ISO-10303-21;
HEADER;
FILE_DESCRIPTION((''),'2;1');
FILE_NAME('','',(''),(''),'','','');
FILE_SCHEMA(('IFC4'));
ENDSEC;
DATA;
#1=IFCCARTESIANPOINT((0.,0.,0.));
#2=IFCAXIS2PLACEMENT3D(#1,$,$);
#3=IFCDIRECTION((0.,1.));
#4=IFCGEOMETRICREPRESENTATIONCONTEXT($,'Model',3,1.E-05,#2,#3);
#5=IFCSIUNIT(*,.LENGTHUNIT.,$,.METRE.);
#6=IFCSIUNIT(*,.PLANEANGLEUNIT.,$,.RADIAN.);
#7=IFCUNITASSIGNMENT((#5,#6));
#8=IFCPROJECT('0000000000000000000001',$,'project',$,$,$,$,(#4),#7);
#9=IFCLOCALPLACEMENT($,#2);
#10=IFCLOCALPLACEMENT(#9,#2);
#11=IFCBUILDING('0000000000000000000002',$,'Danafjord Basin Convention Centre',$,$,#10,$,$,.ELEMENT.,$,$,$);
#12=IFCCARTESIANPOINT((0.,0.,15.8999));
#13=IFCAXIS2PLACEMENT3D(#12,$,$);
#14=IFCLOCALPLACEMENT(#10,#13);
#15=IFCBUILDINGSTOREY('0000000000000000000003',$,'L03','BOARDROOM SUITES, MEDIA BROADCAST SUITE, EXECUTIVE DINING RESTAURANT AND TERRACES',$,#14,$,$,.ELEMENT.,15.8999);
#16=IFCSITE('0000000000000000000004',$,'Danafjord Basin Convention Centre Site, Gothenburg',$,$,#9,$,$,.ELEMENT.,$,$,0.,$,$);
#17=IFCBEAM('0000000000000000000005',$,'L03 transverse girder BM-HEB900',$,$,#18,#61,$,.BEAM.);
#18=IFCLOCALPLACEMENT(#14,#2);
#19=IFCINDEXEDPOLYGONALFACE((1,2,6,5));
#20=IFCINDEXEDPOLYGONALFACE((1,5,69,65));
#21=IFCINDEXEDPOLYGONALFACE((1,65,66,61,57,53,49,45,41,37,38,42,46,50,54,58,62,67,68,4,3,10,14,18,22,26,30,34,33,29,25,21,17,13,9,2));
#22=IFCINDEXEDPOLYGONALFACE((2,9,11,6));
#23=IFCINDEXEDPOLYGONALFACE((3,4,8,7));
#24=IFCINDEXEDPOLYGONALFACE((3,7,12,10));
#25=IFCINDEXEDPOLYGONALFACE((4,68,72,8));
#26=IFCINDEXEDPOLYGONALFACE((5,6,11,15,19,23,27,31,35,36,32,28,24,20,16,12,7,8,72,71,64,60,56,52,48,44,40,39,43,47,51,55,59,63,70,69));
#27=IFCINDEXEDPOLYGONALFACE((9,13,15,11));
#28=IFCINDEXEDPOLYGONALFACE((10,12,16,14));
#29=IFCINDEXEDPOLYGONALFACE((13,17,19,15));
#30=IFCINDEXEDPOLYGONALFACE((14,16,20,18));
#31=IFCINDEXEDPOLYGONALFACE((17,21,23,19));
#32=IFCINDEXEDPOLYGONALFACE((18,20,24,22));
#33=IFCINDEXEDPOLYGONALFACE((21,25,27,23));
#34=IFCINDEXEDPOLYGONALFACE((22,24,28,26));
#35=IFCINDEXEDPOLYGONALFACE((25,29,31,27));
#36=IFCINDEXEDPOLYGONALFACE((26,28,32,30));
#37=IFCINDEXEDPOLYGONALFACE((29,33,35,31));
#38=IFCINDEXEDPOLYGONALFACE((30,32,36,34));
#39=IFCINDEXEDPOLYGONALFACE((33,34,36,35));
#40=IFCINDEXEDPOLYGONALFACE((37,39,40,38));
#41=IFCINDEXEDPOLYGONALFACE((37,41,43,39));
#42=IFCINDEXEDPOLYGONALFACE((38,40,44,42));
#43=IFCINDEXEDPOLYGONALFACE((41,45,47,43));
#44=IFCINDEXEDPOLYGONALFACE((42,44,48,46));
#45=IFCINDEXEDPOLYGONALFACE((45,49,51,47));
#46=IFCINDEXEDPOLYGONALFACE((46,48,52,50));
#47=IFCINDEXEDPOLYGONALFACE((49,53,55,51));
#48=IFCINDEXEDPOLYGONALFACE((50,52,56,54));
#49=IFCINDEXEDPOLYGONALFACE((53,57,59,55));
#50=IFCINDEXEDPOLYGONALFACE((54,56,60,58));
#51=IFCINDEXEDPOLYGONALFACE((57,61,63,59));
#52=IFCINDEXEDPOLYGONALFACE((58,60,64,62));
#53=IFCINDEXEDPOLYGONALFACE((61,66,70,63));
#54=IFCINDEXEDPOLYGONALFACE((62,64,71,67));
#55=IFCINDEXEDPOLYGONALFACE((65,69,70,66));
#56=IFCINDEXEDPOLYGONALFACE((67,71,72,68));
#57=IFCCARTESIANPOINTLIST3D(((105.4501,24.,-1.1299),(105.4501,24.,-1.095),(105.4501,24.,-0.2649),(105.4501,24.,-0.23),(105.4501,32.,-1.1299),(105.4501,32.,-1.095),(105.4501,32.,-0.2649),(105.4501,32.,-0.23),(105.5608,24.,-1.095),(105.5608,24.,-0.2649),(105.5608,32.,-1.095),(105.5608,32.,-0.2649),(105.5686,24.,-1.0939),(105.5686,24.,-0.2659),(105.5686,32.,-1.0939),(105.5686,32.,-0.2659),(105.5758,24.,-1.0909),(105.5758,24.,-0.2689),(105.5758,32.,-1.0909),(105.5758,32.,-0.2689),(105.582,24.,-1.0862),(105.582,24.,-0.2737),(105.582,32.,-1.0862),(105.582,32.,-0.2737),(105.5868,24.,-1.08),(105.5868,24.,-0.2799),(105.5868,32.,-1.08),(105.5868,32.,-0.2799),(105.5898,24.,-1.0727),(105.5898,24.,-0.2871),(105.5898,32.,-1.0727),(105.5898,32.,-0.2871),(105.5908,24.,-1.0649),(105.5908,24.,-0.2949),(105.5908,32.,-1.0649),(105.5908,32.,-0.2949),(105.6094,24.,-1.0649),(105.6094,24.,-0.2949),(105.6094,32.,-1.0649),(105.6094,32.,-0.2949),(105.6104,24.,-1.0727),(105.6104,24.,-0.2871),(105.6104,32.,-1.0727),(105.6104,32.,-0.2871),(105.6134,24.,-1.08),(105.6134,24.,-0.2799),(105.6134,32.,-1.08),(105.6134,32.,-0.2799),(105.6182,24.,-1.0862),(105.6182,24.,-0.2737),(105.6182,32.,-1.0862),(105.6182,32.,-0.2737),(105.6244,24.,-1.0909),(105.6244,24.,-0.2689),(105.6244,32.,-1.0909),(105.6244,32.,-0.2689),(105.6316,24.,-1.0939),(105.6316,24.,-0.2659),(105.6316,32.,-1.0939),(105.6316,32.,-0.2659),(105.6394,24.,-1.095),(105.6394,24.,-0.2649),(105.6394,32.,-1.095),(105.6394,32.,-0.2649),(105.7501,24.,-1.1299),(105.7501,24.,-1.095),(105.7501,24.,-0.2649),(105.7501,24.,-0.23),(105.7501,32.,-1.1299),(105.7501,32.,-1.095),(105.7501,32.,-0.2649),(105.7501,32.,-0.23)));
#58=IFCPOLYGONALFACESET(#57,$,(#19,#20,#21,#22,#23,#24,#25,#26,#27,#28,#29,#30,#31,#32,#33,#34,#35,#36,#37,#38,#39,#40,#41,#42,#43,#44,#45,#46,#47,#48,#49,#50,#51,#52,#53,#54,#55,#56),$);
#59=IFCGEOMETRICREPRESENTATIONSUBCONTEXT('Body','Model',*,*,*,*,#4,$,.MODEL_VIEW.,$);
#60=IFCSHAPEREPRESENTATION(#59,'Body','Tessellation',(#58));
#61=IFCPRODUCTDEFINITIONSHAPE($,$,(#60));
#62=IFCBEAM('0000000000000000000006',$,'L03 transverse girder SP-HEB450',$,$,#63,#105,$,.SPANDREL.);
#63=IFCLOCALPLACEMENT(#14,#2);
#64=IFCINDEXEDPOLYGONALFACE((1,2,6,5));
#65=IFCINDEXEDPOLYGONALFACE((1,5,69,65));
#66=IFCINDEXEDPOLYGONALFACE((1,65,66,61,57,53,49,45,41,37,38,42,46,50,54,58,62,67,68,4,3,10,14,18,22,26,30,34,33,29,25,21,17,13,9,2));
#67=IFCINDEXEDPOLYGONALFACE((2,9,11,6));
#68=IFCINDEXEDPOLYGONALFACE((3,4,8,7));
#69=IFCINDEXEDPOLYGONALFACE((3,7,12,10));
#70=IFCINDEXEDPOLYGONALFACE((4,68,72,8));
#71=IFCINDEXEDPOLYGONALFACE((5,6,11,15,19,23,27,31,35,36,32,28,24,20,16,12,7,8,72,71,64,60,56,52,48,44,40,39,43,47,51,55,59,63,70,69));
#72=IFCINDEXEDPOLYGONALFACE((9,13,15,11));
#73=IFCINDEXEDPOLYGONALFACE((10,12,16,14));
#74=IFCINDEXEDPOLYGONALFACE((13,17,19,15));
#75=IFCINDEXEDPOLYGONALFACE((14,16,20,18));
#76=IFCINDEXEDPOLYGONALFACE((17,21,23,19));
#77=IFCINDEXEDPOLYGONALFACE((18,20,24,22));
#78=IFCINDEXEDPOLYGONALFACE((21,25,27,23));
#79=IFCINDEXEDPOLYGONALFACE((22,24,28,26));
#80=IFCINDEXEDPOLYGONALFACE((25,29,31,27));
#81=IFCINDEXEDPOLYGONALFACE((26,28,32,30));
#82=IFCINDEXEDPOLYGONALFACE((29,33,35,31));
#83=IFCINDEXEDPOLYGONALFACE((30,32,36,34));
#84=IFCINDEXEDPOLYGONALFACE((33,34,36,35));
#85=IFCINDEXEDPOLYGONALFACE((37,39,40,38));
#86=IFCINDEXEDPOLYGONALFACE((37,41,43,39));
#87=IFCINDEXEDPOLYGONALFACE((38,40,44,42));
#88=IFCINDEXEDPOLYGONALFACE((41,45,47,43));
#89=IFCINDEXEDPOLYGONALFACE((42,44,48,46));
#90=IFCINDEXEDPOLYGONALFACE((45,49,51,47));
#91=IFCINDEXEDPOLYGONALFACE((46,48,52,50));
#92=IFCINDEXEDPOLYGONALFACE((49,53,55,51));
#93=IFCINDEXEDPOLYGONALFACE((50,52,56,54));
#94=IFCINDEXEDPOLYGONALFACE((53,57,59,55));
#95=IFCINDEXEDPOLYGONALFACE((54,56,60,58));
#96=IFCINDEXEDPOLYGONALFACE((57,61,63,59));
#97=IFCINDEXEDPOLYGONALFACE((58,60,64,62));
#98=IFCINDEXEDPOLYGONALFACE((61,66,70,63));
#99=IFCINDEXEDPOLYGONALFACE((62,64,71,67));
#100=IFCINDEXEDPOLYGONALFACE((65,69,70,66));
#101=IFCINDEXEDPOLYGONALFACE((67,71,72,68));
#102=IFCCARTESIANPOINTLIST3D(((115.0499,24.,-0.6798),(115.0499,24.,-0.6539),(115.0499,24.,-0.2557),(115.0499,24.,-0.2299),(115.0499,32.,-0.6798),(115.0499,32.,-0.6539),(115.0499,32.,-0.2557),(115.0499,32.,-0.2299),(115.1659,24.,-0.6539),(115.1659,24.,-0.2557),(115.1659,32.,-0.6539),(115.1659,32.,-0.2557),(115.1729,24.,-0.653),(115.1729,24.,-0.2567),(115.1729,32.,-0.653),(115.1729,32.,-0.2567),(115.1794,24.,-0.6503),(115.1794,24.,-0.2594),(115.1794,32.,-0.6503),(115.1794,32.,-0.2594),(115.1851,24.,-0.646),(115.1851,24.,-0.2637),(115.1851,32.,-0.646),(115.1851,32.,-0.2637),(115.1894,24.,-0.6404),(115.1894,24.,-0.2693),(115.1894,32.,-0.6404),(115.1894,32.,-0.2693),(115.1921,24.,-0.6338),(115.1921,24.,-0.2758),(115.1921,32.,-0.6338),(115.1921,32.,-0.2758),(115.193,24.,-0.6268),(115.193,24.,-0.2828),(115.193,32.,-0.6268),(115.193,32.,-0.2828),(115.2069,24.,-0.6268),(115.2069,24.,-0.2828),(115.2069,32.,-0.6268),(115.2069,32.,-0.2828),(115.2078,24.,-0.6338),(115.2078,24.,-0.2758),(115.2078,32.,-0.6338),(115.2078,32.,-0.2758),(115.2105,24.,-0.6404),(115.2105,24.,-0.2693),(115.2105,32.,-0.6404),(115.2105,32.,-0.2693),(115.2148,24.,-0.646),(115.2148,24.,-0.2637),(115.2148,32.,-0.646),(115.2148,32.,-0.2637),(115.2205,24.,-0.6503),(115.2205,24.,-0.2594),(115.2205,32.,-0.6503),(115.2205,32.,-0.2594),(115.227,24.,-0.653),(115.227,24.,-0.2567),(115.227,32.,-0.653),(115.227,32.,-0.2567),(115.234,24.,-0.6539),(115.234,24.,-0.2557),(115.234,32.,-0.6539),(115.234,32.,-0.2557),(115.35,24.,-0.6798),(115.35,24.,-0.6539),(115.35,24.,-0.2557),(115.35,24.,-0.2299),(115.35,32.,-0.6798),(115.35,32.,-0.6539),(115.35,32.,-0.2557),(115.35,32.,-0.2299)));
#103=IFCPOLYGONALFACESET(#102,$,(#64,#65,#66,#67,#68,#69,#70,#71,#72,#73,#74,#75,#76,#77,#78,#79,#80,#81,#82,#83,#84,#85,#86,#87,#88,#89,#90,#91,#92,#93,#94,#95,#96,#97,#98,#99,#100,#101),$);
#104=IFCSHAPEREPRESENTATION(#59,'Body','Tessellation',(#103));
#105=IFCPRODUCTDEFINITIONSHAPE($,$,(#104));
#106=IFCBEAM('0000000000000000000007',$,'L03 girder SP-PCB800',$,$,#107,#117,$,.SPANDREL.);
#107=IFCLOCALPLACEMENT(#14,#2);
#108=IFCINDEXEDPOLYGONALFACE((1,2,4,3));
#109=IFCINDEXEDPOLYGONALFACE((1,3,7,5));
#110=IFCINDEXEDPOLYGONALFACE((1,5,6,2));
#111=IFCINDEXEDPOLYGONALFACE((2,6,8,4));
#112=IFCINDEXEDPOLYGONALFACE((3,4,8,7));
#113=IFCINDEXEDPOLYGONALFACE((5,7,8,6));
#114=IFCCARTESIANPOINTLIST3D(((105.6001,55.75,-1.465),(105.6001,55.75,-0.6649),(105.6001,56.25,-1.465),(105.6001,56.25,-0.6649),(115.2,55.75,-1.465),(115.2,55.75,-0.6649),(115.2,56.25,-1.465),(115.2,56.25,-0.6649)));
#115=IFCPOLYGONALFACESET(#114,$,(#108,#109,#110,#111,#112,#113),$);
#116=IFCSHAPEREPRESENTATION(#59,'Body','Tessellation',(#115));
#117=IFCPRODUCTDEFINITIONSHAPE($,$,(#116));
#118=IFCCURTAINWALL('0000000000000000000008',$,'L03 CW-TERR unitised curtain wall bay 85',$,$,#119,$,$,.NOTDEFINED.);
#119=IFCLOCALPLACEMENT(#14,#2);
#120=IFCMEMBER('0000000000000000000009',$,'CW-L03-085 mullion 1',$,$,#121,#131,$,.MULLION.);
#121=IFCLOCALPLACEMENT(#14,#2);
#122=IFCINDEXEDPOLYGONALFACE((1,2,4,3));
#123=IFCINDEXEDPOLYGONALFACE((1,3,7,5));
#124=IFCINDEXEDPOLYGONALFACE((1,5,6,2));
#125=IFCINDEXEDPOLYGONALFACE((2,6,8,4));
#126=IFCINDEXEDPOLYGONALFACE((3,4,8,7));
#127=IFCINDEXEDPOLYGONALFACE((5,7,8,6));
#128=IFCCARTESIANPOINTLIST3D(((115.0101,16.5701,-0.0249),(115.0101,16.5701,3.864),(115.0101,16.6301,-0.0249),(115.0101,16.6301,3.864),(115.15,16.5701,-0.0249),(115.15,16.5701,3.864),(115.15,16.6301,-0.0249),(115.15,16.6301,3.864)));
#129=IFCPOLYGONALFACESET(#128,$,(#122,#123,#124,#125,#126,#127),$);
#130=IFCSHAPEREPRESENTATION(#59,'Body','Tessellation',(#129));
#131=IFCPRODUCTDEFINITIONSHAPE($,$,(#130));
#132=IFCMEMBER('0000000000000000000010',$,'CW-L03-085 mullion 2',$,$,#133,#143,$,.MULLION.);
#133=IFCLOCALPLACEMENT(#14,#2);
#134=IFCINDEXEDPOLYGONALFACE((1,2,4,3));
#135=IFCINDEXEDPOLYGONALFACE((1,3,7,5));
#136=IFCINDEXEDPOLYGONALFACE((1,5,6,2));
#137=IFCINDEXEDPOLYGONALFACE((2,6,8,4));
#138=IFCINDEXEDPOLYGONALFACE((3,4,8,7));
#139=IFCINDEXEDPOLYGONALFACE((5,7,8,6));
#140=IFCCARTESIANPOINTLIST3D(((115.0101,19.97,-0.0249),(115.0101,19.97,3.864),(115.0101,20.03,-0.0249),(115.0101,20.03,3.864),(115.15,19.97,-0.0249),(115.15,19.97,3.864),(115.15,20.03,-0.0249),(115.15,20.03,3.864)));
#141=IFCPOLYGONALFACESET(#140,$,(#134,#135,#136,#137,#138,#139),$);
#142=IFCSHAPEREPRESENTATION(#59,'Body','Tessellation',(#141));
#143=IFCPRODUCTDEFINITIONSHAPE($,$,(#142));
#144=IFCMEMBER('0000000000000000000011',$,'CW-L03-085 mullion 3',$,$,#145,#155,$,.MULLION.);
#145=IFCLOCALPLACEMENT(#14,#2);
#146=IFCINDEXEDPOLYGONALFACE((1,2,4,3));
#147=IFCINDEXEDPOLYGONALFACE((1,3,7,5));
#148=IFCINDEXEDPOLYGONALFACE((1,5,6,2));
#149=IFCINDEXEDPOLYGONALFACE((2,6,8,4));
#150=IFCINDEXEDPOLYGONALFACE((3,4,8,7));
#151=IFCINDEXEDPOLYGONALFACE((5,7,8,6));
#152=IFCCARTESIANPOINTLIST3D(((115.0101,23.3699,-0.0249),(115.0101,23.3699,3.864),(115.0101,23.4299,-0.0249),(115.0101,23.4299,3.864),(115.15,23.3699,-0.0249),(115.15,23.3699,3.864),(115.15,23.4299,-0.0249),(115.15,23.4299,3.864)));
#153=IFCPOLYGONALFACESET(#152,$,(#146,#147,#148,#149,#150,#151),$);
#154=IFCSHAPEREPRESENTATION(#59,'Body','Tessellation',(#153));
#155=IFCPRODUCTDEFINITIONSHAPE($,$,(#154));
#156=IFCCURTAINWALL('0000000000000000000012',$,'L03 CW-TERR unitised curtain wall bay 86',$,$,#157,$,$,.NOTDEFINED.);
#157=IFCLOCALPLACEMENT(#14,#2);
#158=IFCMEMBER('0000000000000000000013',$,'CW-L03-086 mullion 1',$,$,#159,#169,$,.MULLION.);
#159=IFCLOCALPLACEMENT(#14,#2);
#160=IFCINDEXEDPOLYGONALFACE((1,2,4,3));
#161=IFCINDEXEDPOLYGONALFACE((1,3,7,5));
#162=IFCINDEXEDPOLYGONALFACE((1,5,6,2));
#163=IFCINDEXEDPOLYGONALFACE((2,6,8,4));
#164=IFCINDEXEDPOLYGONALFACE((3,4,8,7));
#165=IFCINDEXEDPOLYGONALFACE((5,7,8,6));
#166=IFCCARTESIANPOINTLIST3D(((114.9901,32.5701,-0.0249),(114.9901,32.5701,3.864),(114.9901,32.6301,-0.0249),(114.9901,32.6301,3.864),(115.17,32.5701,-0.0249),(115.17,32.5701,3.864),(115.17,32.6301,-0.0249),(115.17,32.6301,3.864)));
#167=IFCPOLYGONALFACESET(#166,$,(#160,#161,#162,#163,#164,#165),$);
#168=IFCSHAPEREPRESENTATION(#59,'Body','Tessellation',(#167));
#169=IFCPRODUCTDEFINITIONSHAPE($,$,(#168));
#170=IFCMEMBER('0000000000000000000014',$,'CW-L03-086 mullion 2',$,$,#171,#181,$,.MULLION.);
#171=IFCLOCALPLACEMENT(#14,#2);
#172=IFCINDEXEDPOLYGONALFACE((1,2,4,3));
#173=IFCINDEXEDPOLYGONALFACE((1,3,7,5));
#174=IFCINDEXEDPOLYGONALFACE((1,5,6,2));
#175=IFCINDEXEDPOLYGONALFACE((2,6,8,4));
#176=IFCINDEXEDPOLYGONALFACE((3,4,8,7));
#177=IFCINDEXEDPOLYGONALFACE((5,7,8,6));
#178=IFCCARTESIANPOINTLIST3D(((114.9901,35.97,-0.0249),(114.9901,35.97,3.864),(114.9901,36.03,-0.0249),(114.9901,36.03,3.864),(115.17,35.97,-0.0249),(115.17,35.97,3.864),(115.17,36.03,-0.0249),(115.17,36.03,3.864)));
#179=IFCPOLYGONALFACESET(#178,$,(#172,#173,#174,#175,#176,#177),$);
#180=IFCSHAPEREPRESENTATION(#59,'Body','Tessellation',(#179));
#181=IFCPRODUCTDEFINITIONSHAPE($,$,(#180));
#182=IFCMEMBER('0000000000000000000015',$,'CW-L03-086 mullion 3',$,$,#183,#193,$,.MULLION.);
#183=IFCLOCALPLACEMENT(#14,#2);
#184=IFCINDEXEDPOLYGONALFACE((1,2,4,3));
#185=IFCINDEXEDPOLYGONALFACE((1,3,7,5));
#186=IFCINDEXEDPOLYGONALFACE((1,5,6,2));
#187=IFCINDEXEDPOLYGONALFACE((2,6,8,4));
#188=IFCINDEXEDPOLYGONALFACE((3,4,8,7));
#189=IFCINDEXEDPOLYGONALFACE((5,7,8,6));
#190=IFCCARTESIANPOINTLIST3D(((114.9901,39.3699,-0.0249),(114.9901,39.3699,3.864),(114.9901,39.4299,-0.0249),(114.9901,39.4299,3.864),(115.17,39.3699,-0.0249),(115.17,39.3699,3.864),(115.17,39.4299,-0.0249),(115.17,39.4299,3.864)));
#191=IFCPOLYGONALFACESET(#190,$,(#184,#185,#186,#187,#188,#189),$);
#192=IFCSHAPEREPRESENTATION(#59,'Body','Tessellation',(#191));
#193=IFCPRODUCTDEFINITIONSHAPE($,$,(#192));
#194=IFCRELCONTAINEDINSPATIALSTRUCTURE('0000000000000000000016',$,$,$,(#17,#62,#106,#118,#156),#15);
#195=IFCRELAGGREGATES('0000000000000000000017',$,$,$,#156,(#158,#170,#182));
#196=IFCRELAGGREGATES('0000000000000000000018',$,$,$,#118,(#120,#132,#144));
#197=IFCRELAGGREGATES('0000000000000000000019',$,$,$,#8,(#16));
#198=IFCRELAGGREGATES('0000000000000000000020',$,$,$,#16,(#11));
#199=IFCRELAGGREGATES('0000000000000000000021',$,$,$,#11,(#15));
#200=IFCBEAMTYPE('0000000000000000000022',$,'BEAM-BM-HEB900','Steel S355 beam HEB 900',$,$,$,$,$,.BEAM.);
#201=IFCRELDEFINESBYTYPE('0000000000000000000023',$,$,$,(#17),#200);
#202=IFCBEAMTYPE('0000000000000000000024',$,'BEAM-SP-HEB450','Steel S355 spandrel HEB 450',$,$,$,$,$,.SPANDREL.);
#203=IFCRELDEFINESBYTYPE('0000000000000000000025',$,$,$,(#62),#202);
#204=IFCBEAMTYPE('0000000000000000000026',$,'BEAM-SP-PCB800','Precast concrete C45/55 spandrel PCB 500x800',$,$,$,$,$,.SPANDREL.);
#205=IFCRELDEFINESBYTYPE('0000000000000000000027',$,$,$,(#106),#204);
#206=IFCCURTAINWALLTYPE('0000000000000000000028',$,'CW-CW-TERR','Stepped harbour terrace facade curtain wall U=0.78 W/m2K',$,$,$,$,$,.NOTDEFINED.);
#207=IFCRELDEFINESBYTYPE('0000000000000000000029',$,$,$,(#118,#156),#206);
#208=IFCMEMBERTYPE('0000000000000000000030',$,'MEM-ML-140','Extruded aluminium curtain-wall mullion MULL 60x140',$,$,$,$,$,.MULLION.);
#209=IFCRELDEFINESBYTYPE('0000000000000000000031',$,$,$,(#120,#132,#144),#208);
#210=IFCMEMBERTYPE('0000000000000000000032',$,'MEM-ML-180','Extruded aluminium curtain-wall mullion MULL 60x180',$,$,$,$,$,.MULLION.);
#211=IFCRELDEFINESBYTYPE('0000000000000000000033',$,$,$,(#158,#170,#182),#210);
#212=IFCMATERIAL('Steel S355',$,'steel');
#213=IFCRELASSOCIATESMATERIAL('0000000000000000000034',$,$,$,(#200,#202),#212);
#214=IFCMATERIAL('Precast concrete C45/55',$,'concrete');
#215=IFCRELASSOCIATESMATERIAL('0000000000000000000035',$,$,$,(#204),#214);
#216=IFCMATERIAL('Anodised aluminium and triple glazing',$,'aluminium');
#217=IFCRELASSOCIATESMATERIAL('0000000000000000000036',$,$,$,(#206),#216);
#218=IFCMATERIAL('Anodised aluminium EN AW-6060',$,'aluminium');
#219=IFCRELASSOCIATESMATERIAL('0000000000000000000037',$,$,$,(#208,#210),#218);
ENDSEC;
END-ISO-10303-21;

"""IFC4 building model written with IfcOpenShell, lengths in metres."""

from ifc_helpers import new_model, si_unit, direction, frame, origin, origin_2d, place, context, subcontext, project, spatial, rectangle, i_section, extrude, material, material_profile, profile_set, type_object, element, aggregate, save


model = new_model("IFC4")

# Units and contexts
model_context = context("Model", 3, precision=1e-05, world=origin(), true_north=direction((0.0, 1.0)))
body_context = subcontext(model_context, "Body", "Model", "MODEL_VIEW")
ifc_project = project(units=[si_unit("LENGTHUNIT", "METRE"), si_unit("PLANEANGLEUNIT", "RADIAN")], contexts=[model_context])

# Site, building, storey
site_placement = place(None, origin())
site = spatial("IfcSite", under=ifc_project, at=site_placement, Name="Danafjord Basin Convention Centre Site, Gothenburg", CompositionType="ELEMENT", RefElevation=0.0)
building_placement = place(site_placement, origin())
building = spatial("IfcBuilding", under=site, at=building_placement, Name="Danafjord Basin Convention Centre", CompositionType="ELEMENT")
storey_placement = place(building_placement, frame((0.0, 0.0, 15.8999)))
storey = spatial("IfcBuildingStorey", under=building, at=storey_placement, Name="L03", Description="BOARDROOM SUITES, MEDIA BROADCAST SUITE, EXECUTIVE DINING RESTAURANT AND TERRACES", CompositionType="ELEMENT", Elevation=15.8999)

# Shared definitions
ifc_material_1 = material(Name="Steel S355", Category="steel")

# Beams
ifc_material_profile_1 = material_profile(ifc_material_1, i_section(OverallWidth=0.3, OverallDepth=0.8999, WebThickness=0.0186, FlangeThickness=0.0349, FilletRadius=0.03, at=origin_2d()), Name="HEB 900")
ifc_profile_set_1 = profile_set([ifc_material_profile_1], Name="Steel S355")
beam_type_1 = type_object("IfcBeamType", Name="BEAM-BM-HEB900", Description="Steel S355 beam HEB 900", PredefinedType="BEAM", material=ifc_profile_set_1)
beam_1_placement = place(storey_placement, frame((105.6001, 24.0, -0.6799), z_axis=(0.0, 1.0, 0.0), x_axis=(-1.0, 0.0, 0.0)))
element("IfcBeam", 1, at=beam_1_placement, inside=storey, type_object=beam_type_1, Name="L03 transverse girder BM-HEB900", PredefinedType="BEAM", context=body_context, shape_type="SweptSolid", body=[
    extrude(i_section(OverallWidth=0.3, OverallDepth=0.8999, WebThickness=0.0186, FlangeThickness=0.0349, FilletRadius=0.03, at=origin_2d()), origin(), (0.0, 0.0, 1.0), 8.0),
])
ifc_material_profile_2 = material_profile(ifc_material_1, i_section(OverallWidth=0.3, OverallDepth=0.45, WebThickness=0.0139, FlangeThickness=0.0259, FilletRadius=0.0271, at=origin_2d()), Name="HEB 450")
ifc_profile_set_2 = profile_set([ifc_material_profile_2], Name="Steel S355")
beam_type_2 = type_object("IfcBeamType", Name="BEAM-SP-HEB450", Description="Steel S355 spandrel HEB 450", PredefinedType="SPANDREL", material=ifc_profile_set_2)
beam_2_placement = place(storey_placement, frame((115.2, 24.0, -0.4548), z_axis=(0.0, 1.0, 0.0), x_axis=(-1.0, 0.0, 0.0)))
element("IfcBeam", 2, at=beam_2_placement, inside=storey, type_object=beam_type_2, Name="L03 transverse girder SP-HEB450", PredefinedType="SPANDREL", context=body_context, shape_type="SweptSolid", body=[
    extrude(i_section(OverallWidth=0.3, OverallDepth=0.45, WebThickness=0.0139, FlangeThickness=0.0259, FilletRadius=0.0271, at=origin_2d()), origin(), (0.0, 0.0, 1.0), 8.0),
])
ifc_material_2 = material(Name="Precast concrete C45/55", Category="concrete")
ifc_material_profile_3 = material_profile(ifc_material_2, rectangle(XDim=0.5, YDim=0.8, at=origin_2d()), Name="PCB 500x800")
ifc_profile_set_3 = profile_set([ifc_material_profile_3], Name="Precast concrete C45/55")
beam_type_3 = type_object("IfcBeamType", Name="BEAM-SP-PCB800", Description="Precast concrete C45/55 spandrel PCB 500x800", PredefinedType="SPANDREL", material=ifc_profile_set_3)
beam_3_placement = place(storey_placement, frame((105.6001, 56.0, -1.0649), z_axis=(1.0, 0.0, 0.0), x_axis=(0.0, 1.0, 0.0)))
element("IfcBeam", 3, at=beam_3_placement, inside=storey, type_object=beam_type_3, Name="L03 girder SP-PCB800", PredefinedType="SPANDREL", context=body_context, shape_type="SweptSolid", body=[
    extrude(rectangle(XDim=0.5, YDim=0.8, at=origin_2d()), origin(), (0.0, 0.0, 1.0), 9.5999),
])

# Curtain walls, members
ifc_material_3 = material(Name="Anodised aluminium and triple glazing", Category="aluminium")
curtain_wall_type = type_object("IfcCurtainWallType", Name="CW-CW-TERR", Description="Stepped harbour terrace facade curtain wall U=0.78 W/m2K", PredefinedType="NOTDEFINED", material=ifc_material_3)
curtain_wall_1_placement = place(storey_placement, origin())
curtain_wall_1 = element("IfcCurtainWall", 4, at=curtain_wall_1_placement, inside=storey, type_object=curtain_wall_type, Name="L03 CW-TERR unitised curtain wall bay 85", PredefinedType="NOTDEFINED")
ifc_material_4 = material(Name="Anodised aluminium EN AW-6060", Category="aluminium")
ifc_material_profile_4 = material_profile(ifc_material_4, rectangle(XDim=0.0601, YDim=0.1399, at=origin_2d()), Name="MULL 60x140")
ifc_profile_set_4 = profile_set([ifc_material_profile_4], Name="Anodised aluminium EN AW-6060")
member_type_1 = type_object("IfcMemberType", Name="MEM-ML-140", Description="Extruded aluminium curtain-wall mullion MULL 60x140", PredefinedType="MULLION", material=ifc_profile_set_4)
member_1_placement = place(storey_placement, frame((115.0801, 16.6001, -0.0249), z_axis=(0.0, 0.0, 1.0), x_axis=(0.0, 1.0, 0.0)))
member_1 = element("IfcMember", 5, at=member_1_placement, type_object=member_type_1, Name="CW-L03-085 mullion 1", PredefinedType="MULLION", context=body_context, shape_type="SweptSolid", body=[
    extrude(rectangle(XDim=0.0601, YDim=0.1399, at=origin_2d()), origin(), (0.0, 0.0, 1.0), 3.8889),
])
member_2_placement = place(storey_placement, frame((115.0801, 20.0, -0.0249), z_axis=(0.0, 0.0, 1.0), x_axis=(0.0, 1.0, 0.0)))
member_2 = element("IfcMember", 6, at=member_2_placement, type_object=member_type_1, Name="CW-L03-085 mullion 2", PredefinedType="MULLION", context=body_context, shape_type="SweptSolid", body=[
    extrude(rectangle(XDim=0.0601, YDim=0.1399, at=origin_2d()), origin(), (0.0, 0.0, 1.0), 3.8889),
])
member_3_placement = place(storey_placement, frame((115.0801, 23.3999, -0.0249), z_axis=(0.0, 0.0, 1.0), x_axis=(0.0, 1.0, 0.0)))
member_3 = element("IfcMember", 7, at=member_3_placement, type_object=member_type_1, Name="CW-L03-085 mullion 3", PredefinedType="MULLION", context=body_context, shape_type="SweptSolid", body=[
    extrude(rectangle(XDim=0.0601, YDim=0.1399, at=origin_2d()), origin(), (0.0, 0.0, 1.0), 3.8889),
])
curtain_wall_2_placement = place(storey_placement, origin())
curtain_wall_2 = element("IfcCurtainWall", 8, at=curtain_wall_2_placement, inside=storey, type_object=curtain_wall_type, Name="L03 CW-TERR unitised curtain wall bay 86", PredefinedType="NOTDEFINED")
ifc_material_profile_5 = material_profile(ifc_material_4, rectangle(XDim=0.0601, YDim=0.1799, at=origin_2d()), Name="MULL 60x180")
ifc_profile_set_5 = profile_set([ifc_material_profile_5], Name="Anodised aluminium EN AW-6060")
member_type_2 = type_object("IfcMemberType", Name="MEM-ML-180", Description="Extruded aluminium curtain-wall mullion MULL 60x180", PredefinedType="MULLION", material=ifc_profile_set_5)
member_4_placement = place(storey_placement, frame((115.0801, 32.6001, -0.0249), z_axis=(0.0, 0.0, 1.0), x_axis=(0.0, 1.0, 0.0)))
member_4 = element("IfcMember", 9, at=member_4_placement, type_object=member_type_2, Name="CW-L03-086 mullion 1", PredefinedType="MULLION", context=body_context, shape_type="SweptSolid", body=[
    extrude(rectangle(XDim=0.0601, YDim=0.1799, at=origin_2d()), origin(), (0.0, 0.0, 1.0), 3.8889),
])
member_5_placement = place(storey_placement, frame((115.0801, 36.0, -0.0249), z_axis=(0.0, 0.0, 1.0), x_axis=(0.0, 1.0, 0.0)))
member_5 = element("IfcMember", 10, at=member_5_placement, type_object=member_type_2, Name="CW-L03-086 mullion 2", PredefinedType="MULLION", context=body_context, shape_type="SweptSolid", body=[
    extrude(rectangle(XDim=0.0601, YDim=0.1799, at=origin_2d()), origin(), (0.0, 0.0, 1.0), 3.8889),
])
member_6_placement = place(storey_placement, frame((115.0801, 39.3999, -0.0249), z_axis=(0.0, 0.0, 1.0), x_axis=(0.0, 1.0, 0.0)))
member_6 = element("IfcMember", 11, at=member_6_placement, type_object=member_type_2, Name="CW-L03-086 mullion 3", PredefinedType="MULLION", context=body_context, shape_type="SweptSolid", body=[
    extrude(rectangle(XDim=0.0601, YDim=0.1799, at=origin_2d()), origin(), (0.0, 0.0, 1.0), 3.8889),
])

aggregate(curtain_wall_2, [member_4, member_5, member_6])
aggregate(curtain_wall_1, [member_1, member_2, member_3])

save(model, "model.ifc")
